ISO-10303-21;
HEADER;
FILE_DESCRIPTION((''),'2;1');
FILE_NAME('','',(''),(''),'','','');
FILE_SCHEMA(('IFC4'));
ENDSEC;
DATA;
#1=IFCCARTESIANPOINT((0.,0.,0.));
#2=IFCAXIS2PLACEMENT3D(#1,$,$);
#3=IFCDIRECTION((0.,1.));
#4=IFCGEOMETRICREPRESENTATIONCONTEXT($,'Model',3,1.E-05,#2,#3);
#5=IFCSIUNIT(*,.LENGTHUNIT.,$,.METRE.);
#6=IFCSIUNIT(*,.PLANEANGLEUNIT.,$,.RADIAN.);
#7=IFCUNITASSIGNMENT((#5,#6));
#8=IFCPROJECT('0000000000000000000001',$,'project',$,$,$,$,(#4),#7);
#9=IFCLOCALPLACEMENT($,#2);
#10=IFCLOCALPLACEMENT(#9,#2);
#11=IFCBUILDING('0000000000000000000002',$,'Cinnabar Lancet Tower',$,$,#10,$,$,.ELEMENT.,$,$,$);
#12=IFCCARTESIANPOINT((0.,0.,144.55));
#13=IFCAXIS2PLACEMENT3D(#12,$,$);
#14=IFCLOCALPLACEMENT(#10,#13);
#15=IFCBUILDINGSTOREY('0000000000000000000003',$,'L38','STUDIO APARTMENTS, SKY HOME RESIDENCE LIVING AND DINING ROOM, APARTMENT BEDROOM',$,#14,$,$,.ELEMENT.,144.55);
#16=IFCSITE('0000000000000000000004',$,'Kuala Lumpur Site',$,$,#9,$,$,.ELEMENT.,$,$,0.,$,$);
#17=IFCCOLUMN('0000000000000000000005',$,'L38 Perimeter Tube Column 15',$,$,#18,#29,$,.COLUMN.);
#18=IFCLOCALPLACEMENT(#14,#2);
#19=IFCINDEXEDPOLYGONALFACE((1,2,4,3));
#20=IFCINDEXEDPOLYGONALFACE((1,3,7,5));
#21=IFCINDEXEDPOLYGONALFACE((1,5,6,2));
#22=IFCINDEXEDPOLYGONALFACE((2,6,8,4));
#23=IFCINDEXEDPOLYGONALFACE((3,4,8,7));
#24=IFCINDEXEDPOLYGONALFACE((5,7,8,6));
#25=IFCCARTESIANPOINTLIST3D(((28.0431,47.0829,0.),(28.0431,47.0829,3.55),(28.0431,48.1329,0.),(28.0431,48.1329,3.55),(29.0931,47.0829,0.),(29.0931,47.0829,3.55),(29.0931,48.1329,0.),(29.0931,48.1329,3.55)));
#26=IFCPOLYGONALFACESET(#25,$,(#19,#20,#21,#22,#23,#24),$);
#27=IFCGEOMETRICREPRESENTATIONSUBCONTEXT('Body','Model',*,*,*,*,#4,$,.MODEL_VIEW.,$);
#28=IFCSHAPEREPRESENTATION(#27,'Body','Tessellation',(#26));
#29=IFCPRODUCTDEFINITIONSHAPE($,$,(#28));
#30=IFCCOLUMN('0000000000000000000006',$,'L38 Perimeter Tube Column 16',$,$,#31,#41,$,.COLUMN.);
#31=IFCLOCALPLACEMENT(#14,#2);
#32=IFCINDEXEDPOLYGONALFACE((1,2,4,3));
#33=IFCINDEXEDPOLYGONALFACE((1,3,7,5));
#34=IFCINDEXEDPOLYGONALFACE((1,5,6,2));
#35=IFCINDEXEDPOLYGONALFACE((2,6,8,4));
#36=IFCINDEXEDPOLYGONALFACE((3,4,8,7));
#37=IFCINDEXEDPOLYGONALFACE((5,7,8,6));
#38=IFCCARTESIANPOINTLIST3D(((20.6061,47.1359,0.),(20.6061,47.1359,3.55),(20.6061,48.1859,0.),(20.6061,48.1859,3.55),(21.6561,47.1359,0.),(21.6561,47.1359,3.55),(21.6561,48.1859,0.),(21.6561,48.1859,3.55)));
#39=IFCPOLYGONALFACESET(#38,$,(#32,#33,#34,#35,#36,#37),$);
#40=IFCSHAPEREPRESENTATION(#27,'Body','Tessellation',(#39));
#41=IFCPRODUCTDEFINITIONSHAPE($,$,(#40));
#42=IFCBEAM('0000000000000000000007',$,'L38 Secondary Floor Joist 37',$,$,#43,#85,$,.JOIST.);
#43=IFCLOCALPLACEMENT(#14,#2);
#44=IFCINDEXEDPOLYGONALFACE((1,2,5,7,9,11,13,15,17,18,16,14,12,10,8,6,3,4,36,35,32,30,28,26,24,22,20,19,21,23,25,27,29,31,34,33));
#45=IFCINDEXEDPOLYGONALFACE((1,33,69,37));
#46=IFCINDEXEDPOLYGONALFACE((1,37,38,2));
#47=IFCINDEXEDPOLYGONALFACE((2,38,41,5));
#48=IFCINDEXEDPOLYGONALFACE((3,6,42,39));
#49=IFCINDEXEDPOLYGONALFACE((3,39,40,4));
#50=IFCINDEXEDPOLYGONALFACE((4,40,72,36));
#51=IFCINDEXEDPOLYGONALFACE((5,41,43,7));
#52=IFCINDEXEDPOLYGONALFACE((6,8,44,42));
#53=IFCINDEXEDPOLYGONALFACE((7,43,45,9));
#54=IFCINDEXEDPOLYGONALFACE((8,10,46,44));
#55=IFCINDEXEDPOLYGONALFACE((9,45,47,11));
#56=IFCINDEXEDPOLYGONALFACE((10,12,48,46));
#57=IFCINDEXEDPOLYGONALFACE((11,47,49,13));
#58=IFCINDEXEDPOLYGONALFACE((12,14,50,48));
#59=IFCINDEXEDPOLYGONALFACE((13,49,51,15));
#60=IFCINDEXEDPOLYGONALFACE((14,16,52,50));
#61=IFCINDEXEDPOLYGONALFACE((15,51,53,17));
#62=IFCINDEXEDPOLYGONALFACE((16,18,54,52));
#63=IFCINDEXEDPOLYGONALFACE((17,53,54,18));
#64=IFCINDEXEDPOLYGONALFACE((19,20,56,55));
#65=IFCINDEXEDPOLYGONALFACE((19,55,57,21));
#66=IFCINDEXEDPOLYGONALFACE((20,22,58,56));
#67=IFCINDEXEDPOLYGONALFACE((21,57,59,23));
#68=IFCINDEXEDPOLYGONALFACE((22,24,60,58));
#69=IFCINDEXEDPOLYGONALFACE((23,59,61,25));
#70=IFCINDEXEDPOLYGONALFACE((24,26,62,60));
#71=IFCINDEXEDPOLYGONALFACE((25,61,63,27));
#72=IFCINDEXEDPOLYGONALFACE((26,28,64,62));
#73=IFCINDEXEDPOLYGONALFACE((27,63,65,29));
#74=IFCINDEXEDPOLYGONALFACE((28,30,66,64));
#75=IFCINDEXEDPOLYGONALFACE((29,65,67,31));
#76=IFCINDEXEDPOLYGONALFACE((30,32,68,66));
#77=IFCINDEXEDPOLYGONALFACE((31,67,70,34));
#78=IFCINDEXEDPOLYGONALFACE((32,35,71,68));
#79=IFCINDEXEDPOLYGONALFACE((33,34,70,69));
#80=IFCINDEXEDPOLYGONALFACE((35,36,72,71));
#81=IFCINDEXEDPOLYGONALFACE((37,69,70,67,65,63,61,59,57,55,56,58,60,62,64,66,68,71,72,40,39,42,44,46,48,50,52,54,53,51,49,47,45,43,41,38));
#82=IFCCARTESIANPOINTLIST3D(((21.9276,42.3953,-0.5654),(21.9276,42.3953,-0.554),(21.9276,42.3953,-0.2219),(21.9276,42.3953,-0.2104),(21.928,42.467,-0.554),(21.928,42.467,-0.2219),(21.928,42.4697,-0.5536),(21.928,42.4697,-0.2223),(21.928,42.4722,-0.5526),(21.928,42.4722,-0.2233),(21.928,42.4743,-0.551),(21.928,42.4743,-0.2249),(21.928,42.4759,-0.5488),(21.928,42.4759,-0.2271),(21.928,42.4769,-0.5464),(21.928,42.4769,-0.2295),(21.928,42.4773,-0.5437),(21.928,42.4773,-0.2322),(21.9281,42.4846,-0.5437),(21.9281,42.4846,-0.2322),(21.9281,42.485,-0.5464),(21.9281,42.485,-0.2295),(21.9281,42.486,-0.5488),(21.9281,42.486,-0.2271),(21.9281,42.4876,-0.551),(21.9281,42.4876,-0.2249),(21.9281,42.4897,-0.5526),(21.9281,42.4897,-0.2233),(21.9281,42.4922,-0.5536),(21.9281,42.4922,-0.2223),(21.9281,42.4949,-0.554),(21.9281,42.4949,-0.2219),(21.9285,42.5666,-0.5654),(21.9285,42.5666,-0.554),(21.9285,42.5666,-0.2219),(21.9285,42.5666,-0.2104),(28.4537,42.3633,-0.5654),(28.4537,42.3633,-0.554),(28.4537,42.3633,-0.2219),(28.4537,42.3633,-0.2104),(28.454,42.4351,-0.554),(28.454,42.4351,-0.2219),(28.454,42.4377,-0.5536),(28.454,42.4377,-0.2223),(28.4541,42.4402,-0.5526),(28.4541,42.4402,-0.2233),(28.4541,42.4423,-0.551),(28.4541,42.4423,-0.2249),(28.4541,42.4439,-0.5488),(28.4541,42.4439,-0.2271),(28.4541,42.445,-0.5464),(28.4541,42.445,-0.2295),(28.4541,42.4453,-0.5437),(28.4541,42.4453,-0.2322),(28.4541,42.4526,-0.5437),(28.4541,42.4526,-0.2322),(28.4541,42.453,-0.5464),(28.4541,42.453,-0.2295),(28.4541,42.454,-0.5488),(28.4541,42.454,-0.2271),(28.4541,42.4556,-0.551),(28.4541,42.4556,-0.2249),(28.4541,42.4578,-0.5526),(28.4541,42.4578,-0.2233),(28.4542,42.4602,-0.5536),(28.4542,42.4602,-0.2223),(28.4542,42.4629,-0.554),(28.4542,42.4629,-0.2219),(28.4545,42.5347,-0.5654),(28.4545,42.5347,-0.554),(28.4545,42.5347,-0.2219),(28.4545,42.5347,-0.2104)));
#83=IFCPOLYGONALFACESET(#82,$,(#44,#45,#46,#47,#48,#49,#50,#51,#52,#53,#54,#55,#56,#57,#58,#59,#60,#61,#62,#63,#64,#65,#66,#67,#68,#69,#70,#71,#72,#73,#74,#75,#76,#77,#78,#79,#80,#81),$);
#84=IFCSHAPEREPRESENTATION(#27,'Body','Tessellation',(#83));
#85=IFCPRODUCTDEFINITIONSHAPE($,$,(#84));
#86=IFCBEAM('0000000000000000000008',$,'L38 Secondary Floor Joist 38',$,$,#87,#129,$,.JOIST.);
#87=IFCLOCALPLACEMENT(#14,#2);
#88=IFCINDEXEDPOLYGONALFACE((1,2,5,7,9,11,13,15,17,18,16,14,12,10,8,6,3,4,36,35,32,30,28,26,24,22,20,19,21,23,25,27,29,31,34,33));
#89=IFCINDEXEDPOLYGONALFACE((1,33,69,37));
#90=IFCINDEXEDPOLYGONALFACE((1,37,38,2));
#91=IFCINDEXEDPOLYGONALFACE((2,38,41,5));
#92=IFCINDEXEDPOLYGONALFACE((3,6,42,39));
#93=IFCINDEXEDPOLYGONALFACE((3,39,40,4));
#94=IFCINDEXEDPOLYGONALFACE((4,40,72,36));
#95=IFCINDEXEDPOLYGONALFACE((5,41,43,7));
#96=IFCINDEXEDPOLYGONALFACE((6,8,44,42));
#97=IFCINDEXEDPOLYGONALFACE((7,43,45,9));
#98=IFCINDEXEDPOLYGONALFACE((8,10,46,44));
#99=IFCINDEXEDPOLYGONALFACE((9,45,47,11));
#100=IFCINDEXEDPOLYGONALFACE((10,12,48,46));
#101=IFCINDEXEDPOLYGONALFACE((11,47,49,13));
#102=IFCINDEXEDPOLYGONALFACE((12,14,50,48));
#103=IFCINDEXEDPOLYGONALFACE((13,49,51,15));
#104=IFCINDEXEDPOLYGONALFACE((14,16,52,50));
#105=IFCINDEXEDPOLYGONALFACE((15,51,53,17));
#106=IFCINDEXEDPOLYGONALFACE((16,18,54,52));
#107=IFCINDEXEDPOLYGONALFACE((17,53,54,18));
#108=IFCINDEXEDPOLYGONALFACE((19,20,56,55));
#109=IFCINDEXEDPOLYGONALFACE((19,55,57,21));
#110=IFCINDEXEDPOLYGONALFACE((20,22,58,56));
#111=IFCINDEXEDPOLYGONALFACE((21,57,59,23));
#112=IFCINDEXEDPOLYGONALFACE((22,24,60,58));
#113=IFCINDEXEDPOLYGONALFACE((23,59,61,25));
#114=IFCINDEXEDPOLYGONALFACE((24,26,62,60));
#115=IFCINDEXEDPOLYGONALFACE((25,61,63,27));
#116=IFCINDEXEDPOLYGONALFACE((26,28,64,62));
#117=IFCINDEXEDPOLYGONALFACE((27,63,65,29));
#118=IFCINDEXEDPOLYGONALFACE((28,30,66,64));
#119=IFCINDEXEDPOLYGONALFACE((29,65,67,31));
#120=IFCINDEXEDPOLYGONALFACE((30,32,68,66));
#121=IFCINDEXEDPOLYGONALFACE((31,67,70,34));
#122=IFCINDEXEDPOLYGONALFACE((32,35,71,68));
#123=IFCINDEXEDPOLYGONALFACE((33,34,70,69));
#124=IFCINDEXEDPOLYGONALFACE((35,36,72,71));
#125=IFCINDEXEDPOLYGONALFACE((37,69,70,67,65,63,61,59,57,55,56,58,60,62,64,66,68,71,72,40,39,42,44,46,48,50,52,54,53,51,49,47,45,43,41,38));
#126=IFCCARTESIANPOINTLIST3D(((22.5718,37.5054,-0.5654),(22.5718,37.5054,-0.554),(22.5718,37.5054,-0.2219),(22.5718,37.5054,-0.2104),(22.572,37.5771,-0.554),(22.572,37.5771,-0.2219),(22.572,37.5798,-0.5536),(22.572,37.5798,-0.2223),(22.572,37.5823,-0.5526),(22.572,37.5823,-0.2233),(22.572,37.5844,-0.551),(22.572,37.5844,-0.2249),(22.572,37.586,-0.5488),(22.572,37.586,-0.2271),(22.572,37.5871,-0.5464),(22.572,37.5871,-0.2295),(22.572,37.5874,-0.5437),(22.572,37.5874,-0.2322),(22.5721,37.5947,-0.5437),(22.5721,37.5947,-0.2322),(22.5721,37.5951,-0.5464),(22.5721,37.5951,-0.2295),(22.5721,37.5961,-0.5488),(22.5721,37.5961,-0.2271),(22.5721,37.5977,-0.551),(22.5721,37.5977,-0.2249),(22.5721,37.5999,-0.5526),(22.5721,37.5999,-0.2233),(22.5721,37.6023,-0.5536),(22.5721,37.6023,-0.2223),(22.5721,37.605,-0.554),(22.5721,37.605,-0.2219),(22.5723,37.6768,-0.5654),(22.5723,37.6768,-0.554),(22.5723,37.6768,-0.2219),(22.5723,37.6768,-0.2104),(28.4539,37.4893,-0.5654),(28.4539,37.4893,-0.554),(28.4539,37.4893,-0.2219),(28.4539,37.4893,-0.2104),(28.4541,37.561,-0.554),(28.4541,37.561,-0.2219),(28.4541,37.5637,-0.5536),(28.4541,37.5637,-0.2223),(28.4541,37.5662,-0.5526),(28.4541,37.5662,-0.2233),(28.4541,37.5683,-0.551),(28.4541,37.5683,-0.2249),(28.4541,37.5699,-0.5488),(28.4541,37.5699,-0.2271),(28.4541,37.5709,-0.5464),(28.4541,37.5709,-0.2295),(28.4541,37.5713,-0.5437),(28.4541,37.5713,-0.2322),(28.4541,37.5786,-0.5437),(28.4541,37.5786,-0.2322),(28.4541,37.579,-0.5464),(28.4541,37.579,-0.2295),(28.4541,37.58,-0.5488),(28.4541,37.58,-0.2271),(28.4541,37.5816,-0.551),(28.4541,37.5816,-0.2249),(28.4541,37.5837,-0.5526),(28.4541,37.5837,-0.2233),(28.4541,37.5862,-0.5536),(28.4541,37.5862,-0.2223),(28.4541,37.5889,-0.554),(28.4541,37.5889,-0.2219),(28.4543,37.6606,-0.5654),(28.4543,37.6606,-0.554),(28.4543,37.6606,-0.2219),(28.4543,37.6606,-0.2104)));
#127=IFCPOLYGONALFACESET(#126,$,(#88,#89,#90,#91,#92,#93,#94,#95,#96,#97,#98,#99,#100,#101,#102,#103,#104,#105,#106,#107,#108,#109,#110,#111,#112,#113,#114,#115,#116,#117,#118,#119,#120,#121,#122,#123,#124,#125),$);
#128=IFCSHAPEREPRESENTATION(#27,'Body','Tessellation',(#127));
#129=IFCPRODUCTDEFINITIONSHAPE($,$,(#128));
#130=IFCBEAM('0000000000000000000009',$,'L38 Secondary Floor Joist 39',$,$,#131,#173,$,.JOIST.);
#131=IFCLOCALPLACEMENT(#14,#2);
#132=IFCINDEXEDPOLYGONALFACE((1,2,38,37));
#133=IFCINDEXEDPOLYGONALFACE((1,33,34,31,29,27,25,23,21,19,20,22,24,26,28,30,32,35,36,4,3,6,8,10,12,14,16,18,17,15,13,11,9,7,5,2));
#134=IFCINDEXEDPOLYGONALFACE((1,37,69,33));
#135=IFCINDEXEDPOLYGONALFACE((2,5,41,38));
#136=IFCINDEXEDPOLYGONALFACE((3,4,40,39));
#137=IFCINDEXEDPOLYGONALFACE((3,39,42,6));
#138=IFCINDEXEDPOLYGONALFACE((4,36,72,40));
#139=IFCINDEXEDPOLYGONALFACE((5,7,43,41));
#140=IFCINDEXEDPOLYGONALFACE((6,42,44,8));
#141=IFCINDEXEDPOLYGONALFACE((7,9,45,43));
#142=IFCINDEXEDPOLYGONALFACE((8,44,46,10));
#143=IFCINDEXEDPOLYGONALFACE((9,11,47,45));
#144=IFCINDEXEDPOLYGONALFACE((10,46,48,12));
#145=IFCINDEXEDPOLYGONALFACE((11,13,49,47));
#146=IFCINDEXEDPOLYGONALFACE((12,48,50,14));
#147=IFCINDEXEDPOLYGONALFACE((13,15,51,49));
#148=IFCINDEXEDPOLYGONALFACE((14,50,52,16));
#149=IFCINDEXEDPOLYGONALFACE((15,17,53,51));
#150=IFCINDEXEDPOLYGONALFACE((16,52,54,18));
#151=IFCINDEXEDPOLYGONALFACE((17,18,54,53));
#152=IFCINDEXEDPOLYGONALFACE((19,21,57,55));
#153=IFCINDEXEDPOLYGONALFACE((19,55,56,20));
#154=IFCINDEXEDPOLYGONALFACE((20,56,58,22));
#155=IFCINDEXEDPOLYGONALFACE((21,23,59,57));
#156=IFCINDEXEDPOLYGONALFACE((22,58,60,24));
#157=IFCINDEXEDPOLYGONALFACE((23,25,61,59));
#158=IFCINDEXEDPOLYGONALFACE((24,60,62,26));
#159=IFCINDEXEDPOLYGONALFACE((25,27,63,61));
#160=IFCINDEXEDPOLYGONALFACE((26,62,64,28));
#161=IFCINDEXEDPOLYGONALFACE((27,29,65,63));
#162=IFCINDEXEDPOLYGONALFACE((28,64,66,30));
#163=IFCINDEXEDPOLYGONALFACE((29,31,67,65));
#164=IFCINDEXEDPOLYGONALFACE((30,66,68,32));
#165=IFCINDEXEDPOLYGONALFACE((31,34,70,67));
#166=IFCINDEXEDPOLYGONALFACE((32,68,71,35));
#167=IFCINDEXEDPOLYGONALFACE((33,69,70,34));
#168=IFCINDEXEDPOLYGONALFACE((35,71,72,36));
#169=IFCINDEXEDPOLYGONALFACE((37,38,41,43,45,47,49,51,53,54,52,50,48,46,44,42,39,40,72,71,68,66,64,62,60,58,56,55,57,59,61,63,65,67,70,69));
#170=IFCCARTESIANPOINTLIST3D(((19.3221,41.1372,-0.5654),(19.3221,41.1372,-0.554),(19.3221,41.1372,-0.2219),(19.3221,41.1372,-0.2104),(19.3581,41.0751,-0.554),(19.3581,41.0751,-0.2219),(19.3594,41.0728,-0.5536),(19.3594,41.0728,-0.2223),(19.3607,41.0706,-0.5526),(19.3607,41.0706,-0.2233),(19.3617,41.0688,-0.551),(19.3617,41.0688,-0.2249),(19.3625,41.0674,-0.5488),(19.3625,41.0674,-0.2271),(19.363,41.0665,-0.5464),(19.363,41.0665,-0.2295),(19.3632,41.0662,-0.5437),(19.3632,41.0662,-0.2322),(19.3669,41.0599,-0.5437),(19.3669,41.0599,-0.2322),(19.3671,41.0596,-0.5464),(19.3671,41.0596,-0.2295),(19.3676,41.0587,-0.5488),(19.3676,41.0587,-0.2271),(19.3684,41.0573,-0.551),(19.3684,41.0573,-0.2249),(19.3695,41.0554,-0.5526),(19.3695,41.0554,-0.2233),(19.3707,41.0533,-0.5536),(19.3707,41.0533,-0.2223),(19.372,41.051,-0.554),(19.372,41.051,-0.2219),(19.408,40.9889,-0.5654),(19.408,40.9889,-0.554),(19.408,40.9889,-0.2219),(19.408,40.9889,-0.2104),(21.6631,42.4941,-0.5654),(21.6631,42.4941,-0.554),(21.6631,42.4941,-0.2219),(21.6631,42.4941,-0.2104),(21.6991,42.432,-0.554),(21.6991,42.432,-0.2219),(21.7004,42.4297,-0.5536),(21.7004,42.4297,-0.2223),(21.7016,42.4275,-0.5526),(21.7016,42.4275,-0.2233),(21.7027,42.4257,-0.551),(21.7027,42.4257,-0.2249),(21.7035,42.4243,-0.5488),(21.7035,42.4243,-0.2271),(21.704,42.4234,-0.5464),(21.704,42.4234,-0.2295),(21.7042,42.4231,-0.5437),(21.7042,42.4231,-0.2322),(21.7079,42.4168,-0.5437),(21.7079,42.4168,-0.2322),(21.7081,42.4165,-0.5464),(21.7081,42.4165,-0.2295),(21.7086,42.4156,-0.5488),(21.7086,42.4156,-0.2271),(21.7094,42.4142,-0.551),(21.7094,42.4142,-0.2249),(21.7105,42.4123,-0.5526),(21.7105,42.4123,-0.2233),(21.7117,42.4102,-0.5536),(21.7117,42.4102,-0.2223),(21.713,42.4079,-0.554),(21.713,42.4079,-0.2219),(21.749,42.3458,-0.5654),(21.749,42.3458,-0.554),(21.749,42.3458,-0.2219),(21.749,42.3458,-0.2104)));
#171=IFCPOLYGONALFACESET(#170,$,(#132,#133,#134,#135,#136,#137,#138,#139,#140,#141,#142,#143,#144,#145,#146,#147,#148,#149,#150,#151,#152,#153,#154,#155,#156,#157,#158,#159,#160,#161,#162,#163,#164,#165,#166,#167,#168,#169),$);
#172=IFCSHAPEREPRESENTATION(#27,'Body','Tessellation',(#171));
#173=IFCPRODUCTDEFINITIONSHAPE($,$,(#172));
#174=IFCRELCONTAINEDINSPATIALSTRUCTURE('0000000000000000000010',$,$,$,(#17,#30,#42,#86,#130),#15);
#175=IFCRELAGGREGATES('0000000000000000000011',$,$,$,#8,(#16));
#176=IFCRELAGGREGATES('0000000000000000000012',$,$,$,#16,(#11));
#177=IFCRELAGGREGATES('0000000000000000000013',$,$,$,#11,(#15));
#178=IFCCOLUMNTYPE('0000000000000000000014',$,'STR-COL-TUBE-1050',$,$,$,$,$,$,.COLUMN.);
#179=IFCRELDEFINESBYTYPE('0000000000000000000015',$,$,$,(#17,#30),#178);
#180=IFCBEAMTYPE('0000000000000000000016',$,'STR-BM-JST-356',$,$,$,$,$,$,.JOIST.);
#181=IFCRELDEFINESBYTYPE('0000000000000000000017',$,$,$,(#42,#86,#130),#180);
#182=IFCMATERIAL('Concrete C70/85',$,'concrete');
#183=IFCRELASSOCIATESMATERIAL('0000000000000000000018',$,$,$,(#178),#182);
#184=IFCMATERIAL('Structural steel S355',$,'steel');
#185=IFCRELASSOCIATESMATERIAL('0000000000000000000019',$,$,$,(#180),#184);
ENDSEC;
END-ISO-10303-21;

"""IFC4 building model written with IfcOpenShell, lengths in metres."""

from ifc_helpers import new_model, si_unit, direction, frame, origin, origin_2d, place, context, subcontext, project, spatial, rectangle, i_section, extrude, material, material_profile, profile_set, type_object, element, save


model = new_model("IFC4")

# Units and contexts
model_context = context("Model", 3, precision=1e-05, world=origin(), true_north=direction((0.0, 1.0)))
body_context = subcontext(model_context, "Body", "Model", "MODEL_VIEW")
ifc_project = project(units=[si_unit("LENGTHUNIT", "METRE"), si_unit("PLANEANGLEUNIT", "RADIAN")], contexts=[model_context])

# Site, building, storey
site_placement = place(None, origin())
site = spatial("IfcSite", under=ifc_project, at=site_placement, Name="Kuala Lumpur Site", CompositionType="ELEMENT", RefElevation=0.0)
building_placement = place(site_placement, origin())
building = spatial("IfcBuilding", under=site, at=building_placement, Name="Cinnabar Lancet Tower", CompositionType="ELEMENT")
storey_placement = place(building_placement, frame((0.0, 0.0, 144.55)))
storey = spatial("IfcBuildingStorey", under=building, at=storey_placement, Name="L38", Description="STUDIO APARTMENTS, SKY HOME RESIDENCE LIVING AND DINING ROOM, APARTMENT BEDROOM", CompositionType="ELEMENT", Elevation=144.55)

# Columns
ifc_material_1 = material(Name="Concrete C70/85", Category="concrete")
ifc_material_profile_1 = material_profile(ifc_material_1, rectangle(XDim=1.05, YDim=1.05, at=origin_2d()), Name="RC-COL 1050x1050")
ifc_profile_set_1 = profile_set([ifc_material_profile_1], Name="Concrete C70/85")
column_type = type_object("IfcColumnType", Name="STR-COL-TUBE-1050", PredefinedType="COLUMN", material=ifc_profile_set_1)
for number, where, z_axis, x_axis, name in (
    (1, (28.5681, 47.6079, 0.0), (0.0, 0.0, 1.0), (1.0, 0.0, 0.0), "L38 Perimeter Tube Column 15"),
    (2, (21.1311, 47.6609, 0.0), (0.0, 0.0, 1.0), (1.0, 0.0, 0.0), "L38 Perimeter Tube Column 16"),
):
    element("IfcColumn", number, at=place(storey_placement, frame(where, z_axis=z_axis, x_axis=x_axis)), inside=storey, type_object=column_type, Name=name, PredefinedType="COLUMN", context=body_context, shape_type="SweptSolid", body=[
        extrude(rectangle(XDim=1.05, YDim=1.05, at=origin_2d()), origin(), (0.0, 0.0, 1.0), 3.55),
    ])

# Beams
ifc_material_2 = material(Name="Structural steel S355", Category="steel")
ifc_material_profile_2 = material_profile(ifc_material_2, i_section(OverallWidth=0.1714, OverallDepth=0.355, WebThickness=0.0073, FlangeThickness=0.0115, FilletRadius=0.0103, at=origin_2d()), Name="UKB 356x171x51")
ifc_profile_set_2 = profile_set([ifc_material_profile_2], Name="Structural steel S355")
beam_type_1 = type_object("IfcBeamType", Name="STR-BM-JST-356", PredefinedType="JOIST", material=ifc_profile_set_2)
beam_1_placement = place(storey_placement, frame((28.4541, 42.449, -0.3879), z_axis=(-0.999988, 0.004901, 0.0), x_axis=(-0.004901, -0.999988, 0.0)))
element("IfcBeam", 3, at=beam_1_placement, inside=storey, type_object=beam_type_1, Name="L38 Secondary Floor Joist 37", PredefinedType="JOIST", context=body_context, shape_type="SweptSolid", body=[
    extrude(i_section(OverallWidth=0.1714, OverallDepth=0.355, WebThickness=0.0073, FlangeThickness=0.0115, FilletRadius=0.0103, at=origin_2d()), origin(), (0.0, 0.0, 1.0), 6.5261),
])
beam_2_placement = place(storey_placement, frame((28.4541, 37.575, -0.3879), z_axis=(-0.999996, 0.002739, 0.0), x_axis=(-0.002739, -0.999996, 0.0)))
element("IfcBeam", 4, at=beam_2_placement, inside=storey, type_object=beam_type_1, Name="L38 Secondary Floor Joist 38", PredefinedType="JOIST", context=body_context, shape_type="SweptSolid", body=[
    extrude(i_section(OverallWidth=0.1714, OverallDepth=0.355, WebThickness=0.0073, FlangeThickness=0.0115, FilletRadius=0.0103, at=origin_2d()), origin(), (0.0, 0.0, 1.0), 5.8821),
])
beam_3_placement = place(storey_placement, frame((21.7061, 42.4199, -0.3879), z_axis=(-0.865173, -0.501474, 0.0), x_axis=(0.501474, -0.865173, 0.0)))
element("IfcBeam", 5, at=beam_3_placement, inside=storey, type_object=beam_type_1, Name="L38 Secondary Floor Joist 39", PredefinedType="JOIST", context=body_context, shape_type="SweptSolid", body=[
    extrude(i_section(OverallWidth=0.1714, OverallDepth=0.355, WebThickness=0.0073, FlangeThickness=0.0115, FilletRadius=0.0103, at=origin_2d()), origin(), (0.0, 0.0, 1.0), 2.7058),
])

save(model, "model.ifc")
